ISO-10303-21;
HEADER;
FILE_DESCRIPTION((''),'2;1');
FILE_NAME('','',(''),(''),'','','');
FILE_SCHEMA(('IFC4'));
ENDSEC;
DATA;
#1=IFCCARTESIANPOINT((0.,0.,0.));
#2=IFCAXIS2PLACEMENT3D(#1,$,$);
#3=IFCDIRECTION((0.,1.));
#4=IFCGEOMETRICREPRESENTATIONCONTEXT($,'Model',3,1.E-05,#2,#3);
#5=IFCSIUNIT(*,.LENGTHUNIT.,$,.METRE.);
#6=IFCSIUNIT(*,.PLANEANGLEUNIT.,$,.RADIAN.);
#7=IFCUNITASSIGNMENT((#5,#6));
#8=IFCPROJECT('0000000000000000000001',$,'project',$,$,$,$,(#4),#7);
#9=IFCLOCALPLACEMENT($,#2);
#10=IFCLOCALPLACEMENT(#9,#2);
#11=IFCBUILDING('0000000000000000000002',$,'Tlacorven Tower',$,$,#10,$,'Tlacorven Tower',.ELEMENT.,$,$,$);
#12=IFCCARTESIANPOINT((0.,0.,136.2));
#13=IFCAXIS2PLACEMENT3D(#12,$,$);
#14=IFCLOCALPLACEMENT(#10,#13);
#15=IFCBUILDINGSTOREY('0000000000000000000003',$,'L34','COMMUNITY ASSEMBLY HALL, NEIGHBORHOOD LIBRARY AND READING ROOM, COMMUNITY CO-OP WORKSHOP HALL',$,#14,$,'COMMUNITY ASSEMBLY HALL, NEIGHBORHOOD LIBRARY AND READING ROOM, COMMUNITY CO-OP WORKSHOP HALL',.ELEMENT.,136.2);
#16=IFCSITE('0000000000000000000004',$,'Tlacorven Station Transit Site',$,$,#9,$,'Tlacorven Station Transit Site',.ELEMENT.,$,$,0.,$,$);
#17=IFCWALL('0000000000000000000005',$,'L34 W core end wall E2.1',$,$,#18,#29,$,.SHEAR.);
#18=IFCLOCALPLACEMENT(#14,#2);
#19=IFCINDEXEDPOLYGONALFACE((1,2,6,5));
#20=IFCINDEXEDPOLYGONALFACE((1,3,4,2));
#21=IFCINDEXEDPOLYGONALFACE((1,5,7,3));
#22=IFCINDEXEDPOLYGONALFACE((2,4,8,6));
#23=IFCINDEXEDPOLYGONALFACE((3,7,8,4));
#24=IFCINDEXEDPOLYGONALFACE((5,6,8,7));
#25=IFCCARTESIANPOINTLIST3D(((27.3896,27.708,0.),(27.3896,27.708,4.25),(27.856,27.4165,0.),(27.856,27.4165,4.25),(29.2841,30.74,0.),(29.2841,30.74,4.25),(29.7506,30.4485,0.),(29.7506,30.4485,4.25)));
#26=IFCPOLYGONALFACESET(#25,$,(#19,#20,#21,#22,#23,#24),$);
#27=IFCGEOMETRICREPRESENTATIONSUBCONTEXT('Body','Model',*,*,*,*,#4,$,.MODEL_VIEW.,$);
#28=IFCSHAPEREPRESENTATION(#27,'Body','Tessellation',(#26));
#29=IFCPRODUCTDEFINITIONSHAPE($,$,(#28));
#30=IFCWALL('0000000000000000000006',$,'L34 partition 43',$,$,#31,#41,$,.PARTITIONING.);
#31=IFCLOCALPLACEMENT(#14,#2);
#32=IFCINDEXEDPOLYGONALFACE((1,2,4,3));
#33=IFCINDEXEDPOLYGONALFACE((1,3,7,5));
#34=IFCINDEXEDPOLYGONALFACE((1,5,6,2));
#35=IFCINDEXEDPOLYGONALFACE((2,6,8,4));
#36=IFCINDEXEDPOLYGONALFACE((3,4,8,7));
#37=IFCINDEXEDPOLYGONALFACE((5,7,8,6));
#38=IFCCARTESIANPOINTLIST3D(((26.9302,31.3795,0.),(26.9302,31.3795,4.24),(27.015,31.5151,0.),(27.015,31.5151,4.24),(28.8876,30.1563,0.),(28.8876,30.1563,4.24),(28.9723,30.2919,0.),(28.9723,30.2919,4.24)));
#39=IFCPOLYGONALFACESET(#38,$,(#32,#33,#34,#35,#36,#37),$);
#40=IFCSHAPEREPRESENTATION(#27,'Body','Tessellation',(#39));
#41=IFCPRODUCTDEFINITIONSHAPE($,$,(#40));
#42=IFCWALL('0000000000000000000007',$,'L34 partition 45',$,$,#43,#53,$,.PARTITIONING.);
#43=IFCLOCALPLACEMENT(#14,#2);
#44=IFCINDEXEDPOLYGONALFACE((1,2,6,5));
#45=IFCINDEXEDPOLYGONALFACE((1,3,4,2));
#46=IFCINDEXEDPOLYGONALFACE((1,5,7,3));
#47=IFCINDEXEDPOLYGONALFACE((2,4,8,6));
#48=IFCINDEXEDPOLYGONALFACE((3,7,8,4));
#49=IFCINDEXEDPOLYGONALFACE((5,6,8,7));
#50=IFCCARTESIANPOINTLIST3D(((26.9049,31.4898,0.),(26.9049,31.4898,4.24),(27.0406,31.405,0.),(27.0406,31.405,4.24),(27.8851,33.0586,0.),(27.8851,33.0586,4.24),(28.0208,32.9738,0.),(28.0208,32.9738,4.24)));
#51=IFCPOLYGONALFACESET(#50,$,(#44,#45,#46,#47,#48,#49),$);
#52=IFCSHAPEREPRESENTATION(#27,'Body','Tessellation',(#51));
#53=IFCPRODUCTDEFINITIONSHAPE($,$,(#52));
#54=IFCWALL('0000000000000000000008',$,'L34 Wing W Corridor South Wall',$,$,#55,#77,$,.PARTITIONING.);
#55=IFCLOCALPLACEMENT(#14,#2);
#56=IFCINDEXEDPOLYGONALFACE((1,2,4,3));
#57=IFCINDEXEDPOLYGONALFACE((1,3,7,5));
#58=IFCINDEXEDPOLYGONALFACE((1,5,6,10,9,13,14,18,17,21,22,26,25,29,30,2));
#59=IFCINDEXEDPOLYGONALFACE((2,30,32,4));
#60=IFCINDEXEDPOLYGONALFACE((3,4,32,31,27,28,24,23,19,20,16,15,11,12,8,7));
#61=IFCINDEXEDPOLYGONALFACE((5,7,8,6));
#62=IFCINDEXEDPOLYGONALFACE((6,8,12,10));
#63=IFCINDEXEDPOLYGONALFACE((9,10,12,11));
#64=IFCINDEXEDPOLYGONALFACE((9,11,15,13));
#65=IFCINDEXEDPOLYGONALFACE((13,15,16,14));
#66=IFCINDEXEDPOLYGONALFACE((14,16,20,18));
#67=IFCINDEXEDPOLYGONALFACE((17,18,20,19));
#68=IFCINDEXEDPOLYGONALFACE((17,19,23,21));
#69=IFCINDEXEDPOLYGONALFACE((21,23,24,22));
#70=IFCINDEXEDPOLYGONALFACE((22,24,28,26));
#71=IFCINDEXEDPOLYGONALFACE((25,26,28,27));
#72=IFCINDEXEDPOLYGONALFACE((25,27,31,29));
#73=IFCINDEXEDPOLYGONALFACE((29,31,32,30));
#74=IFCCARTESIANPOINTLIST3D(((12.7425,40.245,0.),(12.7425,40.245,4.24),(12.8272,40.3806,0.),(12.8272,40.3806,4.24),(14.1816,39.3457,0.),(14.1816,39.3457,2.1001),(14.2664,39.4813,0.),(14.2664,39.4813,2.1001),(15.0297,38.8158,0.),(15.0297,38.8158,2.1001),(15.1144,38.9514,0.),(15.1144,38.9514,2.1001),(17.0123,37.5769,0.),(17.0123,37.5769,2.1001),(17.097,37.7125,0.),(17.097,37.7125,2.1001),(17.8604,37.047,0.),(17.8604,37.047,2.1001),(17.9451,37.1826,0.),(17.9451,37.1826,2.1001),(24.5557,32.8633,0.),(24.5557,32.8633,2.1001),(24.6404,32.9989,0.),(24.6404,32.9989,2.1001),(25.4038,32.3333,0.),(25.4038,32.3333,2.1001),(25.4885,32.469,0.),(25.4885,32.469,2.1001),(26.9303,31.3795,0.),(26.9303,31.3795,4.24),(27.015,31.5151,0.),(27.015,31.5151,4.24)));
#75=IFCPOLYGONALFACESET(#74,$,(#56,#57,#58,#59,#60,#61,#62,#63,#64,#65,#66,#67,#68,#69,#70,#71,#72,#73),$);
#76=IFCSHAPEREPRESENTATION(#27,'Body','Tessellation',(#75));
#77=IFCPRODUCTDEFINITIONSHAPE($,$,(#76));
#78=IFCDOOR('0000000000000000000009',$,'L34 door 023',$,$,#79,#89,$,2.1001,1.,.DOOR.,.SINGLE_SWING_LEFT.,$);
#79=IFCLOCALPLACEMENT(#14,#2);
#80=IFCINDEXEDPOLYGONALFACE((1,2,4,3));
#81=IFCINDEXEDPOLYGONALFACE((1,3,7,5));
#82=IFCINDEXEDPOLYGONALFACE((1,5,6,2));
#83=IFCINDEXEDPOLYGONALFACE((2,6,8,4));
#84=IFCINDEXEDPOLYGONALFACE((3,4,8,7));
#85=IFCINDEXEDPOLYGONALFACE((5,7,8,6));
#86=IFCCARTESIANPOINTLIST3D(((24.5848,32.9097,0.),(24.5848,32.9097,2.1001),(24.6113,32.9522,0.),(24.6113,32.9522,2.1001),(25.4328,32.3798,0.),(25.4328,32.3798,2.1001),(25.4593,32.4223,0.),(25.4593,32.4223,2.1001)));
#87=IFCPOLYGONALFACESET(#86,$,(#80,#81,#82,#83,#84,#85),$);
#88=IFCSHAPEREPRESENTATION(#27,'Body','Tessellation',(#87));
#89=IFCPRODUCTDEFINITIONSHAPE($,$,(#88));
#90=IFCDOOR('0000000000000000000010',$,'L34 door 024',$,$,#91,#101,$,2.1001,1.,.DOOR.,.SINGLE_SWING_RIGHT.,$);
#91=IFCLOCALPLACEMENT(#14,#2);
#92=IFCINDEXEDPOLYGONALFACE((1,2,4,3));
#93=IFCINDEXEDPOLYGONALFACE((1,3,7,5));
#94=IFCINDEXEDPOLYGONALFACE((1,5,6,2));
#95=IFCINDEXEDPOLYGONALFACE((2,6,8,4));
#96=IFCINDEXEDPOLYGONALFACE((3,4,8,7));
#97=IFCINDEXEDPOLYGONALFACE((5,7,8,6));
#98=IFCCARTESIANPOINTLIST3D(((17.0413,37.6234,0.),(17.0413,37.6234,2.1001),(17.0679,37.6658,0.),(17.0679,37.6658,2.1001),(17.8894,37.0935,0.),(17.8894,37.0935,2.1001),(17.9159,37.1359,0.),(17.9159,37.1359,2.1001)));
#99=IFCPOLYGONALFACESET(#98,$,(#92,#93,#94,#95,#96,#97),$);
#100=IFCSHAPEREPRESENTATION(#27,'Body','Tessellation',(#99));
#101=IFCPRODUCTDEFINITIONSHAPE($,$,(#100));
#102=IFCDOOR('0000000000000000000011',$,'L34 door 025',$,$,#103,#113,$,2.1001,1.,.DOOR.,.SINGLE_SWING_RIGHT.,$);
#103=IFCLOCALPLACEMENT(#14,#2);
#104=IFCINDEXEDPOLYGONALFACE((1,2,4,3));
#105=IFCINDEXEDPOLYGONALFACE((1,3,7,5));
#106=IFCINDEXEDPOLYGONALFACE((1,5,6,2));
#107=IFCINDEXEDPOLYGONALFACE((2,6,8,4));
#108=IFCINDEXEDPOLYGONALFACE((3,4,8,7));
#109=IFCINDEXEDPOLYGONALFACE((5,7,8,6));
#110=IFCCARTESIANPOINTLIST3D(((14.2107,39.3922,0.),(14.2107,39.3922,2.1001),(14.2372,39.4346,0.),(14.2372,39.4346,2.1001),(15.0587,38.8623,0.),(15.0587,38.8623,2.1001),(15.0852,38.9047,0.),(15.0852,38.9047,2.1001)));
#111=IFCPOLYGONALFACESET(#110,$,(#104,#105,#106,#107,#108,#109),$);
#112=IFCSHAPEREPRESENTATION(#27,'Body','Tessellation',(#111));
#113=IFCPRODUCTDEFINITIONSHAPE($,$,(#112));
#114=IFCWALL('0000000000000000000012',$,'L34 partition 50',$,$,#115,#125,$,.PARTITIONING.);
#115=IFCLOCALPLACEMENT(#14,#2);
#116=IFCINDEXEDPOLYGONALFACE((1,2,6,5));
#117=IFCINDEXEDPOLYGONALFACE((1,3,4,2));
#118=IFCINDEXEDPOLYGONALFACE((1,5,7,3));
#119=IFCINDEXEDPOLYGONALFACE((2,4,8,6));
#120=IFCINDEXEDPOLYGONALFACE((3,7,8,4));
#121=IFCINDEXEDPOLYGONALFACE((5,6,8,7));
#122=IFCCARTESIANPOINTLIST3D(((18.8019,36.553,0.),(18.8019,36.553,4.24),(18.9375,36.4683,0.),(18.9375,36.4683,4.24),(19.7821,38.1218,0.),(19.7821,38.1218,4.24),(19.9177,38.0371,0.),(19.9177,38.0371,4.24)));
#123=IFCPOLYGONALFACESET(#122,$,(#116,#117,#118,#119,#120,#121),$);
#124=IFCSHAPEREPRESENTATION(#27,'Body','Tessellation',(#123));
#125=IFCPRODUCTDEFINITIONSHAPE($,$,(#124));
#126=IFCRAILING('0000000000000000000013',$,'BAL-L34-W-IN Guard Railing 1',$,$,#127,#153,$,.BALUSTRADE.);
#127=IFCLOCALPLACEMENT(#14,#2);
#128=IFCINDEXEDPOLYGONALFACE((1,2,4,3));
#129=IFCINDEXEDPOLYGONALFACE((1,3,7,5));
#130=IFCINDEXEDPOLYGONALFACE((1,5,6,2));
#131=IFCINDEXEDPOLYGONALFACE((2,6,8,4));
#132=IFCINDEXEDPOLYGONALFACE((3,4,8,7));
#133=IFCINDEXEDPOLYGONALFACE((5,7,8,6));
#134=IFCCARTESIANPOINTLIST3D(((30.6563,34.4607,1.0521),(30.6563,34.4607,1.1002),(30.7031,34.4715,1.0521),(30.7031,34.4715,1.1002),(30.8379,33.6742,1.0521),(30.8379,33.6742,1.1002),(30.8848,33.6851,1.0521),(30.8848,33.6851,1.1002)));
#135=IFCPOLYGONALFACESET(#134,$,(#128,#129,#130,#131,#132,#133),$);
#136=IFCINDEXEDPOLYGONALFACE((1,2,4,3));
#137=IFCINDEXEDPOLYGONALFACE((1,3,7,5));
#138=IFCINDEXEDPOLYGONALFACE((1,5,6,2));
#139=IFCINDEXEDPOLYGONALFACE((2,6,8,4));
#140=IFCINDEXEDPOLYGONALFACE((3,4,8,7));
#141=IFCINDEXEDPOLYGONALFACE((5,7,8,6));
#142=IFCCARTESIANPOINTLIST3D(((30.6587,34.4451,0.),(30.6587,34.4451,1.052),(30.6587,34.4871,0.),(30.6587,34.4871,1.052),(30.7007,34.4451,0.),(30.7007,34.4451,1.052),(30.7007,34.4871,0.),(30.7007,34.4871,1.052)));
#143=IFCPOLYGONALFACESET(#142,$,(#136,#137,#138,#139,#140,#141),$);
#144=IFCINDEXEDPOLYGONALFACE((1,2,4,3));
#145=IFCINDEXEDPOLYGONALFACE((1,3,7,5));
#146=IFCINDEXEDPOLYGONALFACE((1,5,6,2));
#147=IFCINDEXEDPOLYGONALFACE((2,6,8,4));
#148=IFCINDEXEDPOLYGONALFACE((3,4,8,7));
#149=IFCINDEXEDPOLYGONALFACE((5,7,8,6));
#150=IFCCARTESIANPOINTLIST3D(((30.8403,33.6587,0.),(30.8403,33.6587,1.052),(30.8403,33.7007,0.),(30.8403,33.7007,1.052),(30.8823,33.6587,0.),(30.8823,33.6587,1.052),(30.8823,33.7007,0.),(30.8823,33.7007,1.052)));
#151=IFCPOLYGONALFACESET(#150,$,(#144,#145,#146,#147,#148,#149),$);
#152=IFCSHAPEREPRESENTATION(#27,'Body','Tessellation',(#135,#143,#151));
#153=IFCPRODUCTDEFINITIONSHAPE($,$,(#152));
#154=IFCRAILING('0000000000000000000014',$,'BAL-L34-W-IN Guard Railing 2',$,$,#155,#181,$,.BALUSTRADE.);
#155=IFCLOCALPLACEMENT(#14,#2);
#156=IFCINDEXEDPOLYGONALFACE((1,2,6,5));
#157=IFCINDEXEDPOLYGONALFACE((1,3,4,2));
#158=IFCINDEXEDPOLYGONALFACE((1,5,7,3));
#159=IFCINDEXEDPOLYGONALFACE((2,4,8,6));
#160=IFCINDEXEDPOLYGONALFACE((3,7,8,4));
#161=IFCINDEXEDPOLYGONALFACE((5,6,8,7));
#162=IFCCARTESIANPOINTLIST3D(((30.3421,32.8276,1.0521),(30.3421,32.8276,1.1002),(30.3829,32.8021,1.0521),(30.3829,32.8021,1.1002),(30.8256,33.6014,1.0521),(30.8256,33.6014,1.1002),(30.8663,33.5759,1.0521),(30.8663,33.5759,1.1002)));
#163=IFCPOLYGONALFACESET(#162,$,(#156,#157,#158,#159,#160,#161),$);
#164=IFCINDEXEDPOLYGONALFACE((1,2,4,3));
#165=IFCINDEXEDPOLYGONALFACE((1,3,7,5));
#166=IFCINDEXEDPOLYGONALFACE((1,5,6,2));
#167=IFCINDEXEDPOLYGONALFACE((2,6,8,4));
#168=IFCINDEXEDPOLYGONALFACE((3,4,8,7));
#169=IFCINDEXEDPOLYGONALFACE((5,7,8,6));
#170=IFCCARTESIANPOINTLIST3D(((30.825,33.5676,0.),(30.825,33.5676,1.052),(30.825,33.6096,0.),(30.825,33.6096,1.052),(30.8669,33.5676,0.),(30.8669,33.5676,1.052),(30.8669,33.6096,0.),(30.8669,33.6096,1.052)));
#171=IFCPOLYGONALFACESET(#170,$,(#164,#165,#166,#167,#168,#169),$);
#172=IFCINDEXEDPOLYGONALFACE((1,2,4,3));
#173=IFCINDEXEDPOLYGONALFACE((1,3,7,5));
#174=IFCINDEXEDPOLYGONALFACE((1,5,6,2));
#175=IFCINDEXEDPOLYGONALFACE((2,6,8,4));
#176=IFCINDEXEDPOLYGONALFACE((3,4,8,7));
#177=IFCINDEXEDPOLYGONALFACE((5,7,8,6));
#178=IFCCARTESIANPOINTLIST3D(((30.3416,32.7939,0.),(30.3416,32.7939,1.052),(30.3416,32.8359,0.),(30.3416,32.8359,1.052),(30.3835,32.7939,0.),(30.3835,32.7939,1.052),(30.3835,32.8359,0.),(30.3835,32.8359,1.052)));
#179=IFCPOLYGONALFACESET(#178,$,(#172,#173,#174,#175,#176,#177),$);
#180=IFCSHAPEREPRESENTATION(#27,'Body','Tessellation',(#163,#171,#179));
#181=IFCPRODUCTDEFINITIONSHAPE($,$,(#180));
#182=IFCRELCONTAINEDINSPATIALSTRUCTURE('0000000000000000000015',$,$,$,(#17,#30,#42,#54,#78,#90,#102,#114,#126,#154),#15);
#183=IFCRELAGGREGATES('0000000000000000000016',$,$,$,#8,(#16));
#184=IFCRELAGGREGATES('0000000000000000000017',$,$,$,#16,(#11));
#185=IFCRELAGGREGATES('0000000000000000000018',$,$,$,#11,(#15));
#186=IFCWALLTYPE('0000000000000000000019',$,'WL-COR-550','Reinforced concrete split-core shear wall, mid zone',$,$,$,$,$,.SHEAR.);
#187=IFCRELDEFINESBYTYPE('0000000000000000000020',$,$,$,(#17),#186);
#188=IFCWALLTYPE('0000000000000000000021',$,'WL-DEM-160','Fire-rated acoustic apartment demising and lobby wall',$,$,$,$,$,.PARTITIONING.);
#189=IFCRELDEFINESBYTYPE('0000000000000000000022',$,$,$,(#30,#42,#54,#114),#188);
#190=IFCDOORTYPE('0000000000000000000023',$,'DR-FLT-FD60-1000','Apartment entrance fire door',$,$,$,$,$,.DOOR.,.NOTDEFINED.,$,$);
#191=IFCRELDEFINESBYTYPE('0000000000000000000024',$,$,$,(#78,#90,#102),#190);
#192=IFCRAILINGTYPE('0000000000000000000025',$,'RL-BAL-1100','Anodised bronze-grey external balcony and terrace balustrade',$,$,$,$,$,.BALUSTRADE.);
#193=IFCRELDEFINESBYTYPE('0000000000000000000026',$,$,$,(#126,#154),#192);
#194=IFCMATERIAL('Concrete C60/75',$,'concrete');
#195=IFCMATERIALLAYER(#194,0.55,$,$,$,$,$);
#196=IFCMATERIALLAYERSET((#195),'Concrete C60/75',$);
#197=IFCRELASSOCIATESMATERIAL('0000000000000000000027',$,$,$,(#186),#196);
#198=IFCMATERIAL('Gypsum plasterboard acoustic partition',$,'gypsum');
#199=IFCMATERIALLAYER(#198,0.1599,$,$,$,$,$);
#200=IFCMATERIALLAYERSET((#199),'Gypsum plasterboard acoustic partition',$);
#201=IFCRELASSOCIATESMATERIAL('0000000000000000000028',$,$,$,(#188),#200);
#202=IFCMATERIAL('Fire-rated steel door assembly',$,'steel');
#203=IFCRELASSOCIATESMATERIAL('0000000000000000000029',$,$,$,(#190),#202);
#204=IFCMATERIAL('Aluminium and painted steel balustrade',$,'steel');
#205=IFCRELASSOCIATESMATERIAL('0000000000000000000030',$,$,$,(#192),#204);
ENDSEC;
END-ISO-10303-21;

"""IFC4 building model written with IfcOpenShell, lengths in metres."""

from ifc_helpers import new_model, si_unit, direction, frame, frame_2d, origin, origin_2d, place, context, subcontext, project, spatial, rectangle, extrude, source, transform, mapped, material, layer, layer_set, type_object, element, fill, save


model = new_model("IFC4")

# Units and contexts
model_context = context("Model", 3, precision=1e-05, world=origin(), true_north=direction((0.0, 1.0)))
body_context = subcontext(model_context, "Body", "Model", "MODEL_VIEW")
ifc_project = project(units=[si_unit("LENGTHUNIT", "METRE"), si_unit("PLANEANGLEUNIT", "RADIAN")], contexts=[model_context])

# Site, building, storey
site_placement = place(None, origin())
site = spatial("IfcSite", under=ifc_project, at=site_placement, Name="Tlacorven Station Transit Site", LongName="Tlacorven Station Transit Site", CompositionType="ELEMENT", RefElevation=0.0)
building_placement = place(site_placement, origin())
building = spatial("IfcBuilding", under=site, at=building_placement, Name="Tlacorven Tower", LongName="Tlacorven Tower", CompositionType="ELEMENT")
storey_placement = place(building_placement, frame((0.0, 0.0, 136.2)))
storey = spatial("IfcBuildingStorey", under=building, at=storey_placement, Name="L34", Description="COMMUNITY ASSEMBLY HALL, NEIGHBORHOOD LIBRARY AND READING ROOM, COMMUNITY CO-OP WORKSHOP HALL", LongName="COMMUNITY ASSEMBLY HALL, NEIGHBORHOOD LIBRARY AND READING ROOM, COMMUNITY CO-OP WORKSHOP HALL", CompositionType="ELEMENT", Elevation=136.2)

# Walls
ifc_material_1 = material(Name="Concrete C60/75", Category="concrete")
ifc_layer_1 = layer(ifc_material_1, 0.55)
ifc_layer_set_1 = layer_set([ifc_layer_1], Name="Concrete C60/75")
wall_type_1 = type_object("IfcWallType", Name="WL-COR-550", Description="Reinforced concrete split-core shear wall, mid zone", PredefinedType="SHEAR", material=ifc_layer_set_1)
wall_1_placement = place(storey_placement, frame((29.5173, 30.5942, 0.0), z_axis=(0.0, 0.0, 1.0), x_axis=(-0.529907, -0.848056, 0.0)))
element("IfcWall", 1, at=wall_1_placement, inside=storey, type_object=wall_type_1, Name="L34 W core end wall E2.1", PredefinedType="SHEAR", context=body_context, shape_type="SweptSolid", body=[
    extrude(rectangle(XDim=3.5752, YDim=0.55, at=frame_2d((1.7876, 0.0))), origin(), (0.0, 0.0, 1.0), 4.25),
])
ifc_material_2 = material(Name="Gypsum plasterboard acoustic partition", Category="gypsum")
ifc_layer_2 = layer(ifc_material_2, 0.1599)
ifc_layer_set_2 = layer_set([ifc_layer_2], Name="Gypsum plasterboard acoustic partition")
wall_type_2 = type_object("IfcWallType", Name="WL-DEM-160", Description="Fire-rated acoustic apartment demising and lobby wall", PredefinedType="PARTITIONING", material=ifc_layer_set_2)
wall_2_placement = place(storey_placement, frame((28.9299, 30.2241, 0.0), z_axis=(0.0, 0.0, 1.0), x_axis=(-0.848028, 0.529951, 0.0)))
element("IfcWall", 2, at=wall_2_placement, inside=storey, type_object=wall_type_2, Name="L34 partition 43", PredefinedType="PARTITIONING", context=body_context, shape_type="SweptSolid", body=[
    extrude(rectangle(XDim=2.3081, YDim=0.1599, at=frame_2d((1.1541, 0.0))), origin(), (0.0, 0.0, 1.0), 4.24),
])
wall_3_placement = place(storey_placement, frame((27.9529, 33.0161, 0.0), z_axis=(0.0, 0.0, 1.0), x_axis=(-0.52988, -0.848072, 0.0)))
element("IfcWall", 3, at=wall_3_placement, inside=storey, type_object=wall_type_2, Name="L34 partition 45", PredefinedType="PARTITIONING", context=body_context, shape_type="SweptSolid", body=[
    extrude(rectangle(XDim=1.8499, YDim=0.1599, at=frame_2d((0.9248, 0.0))), origin(), (0.0, 0.0, 1.0), 4.24),
])

# Wall, openings, doors
wall_4_placement = place(storey_placement, frame((26.9727, 31.4473, 0.0), z_axis=(0.0, 0.0, 1.0), x_axis=(-0.848048, 0.529919, 0.0)))
wall_4 = element("IfcWall", 4, at=wall_4_placement, inside=storey, type_object=wall_type_2, Name="L34 Wing W Corridor South Wall", PredefinedType="PARTITIONING", context=body_context, shape_type="SweptSolid", body=[
    extrude(rectangle(XDim=16.73, YDim=0.1599, at=frame_2d((8.365, 0.0))), origin(), (0.0, 0.0, 1.0), 4.24),
])
opening_1_placement = place(wall_4_placement, frame((1.8, 0.0, 0.0)))
opening_1 = element("IfcOpeningElement", 5, at=opening_1_placement, cuts=wall_4, PredefinedType="OPENING", context=body_context, shape_type="SweptSolid", body=[
    extrude(rectangle(XDim=1.0, YDim=2.1001, at=frame_2d((0.5, 1.05))), frame((0.0, 0.0898, 0.0), z_axis=(0.0, -1.0, 0.0), x_axis=(1.0, 0.0, 0.0)), (0.0, 0.0, 1.0), 0.1799),
])
opening_2_placement = place(wall_4_placement, frame((10.6951, 0.0, 0.0)))
opening_2 = element("IfcOpeningElement", 6, at=opening_2_placement, cuts=wall_4, PredefinedType="OPENING", context=body_context, shape_type="SweptSolid", body=[
    extrude(rectangle(XDim=1.0, YDim=2.1001, at=frame_2d((0.5, 1.05))), frame((0.0, 0.0898, 0.0), z_axis=(0.0, -1.0, 0.0), x_axis=(1.0, 0.0, 0.0)), (0.0, 0.0, 1.0), 0.1799),
])
opening_3_placement = place(wall_4_placement, frame((14.033, 0.0, 0.0)))
opening_3 = element("IfcOpeningElement", 7, at=opening_3_placement, cuts=wall_4, PredefinedType="OPENING", context=body_context, shape_type="SweptSolid", body=[
    extrude(rectangle(XDim=1.0, YDim=2.1001, at=frame_2d((0.5, 1.05))), frame((0.0, 0.0898, 0.0), z_axis=(0.0, -1.0, 0.0), x_axis=(1.0, 0.0, 0.0)), (0.0, 0.0, 1.0), 0.1799),
])
ifc_material_3 = material(Name="Fire-rated steel door assembly", Category="steel")
door_type = type_object("IfcDoorType", Name="DR-FLT-FD60-1000", Description="Apartment entrance fire door", OperationType="NOTDEFINED", PredefinedType="DOOR", material=ifc_material_3)
shared_shape_1 = source(origin(), body_context, "Body", "SweptSolid", [
    extrude(rectangle(XDim=1.0, YDim=2.1001, at=frame_2d((0.5, 1.05))), frame((0.0, 0.0249, 0.0), z_axis=(0.0, -1.0, 0.0), x_axis=(1.0, 0.0, 0.0)), (0.0, 0.0, 1.0), 0.05),
])
door_1_placement = place(opening_1_placement, frame((1.0, 0.0, 0.0), z_axis=(0.0, 0.0, 1.0), x_axis=(-1.0, 0.0, 0.0)))
door_1 = element("IfcDoor", 8, at=door_1_placement, inside=storey, type_object=door_type, Name="L34 door 023", OperationType="SINGLE_SWING_LEFT", OverallHeight=2.1001, OverallWidth=1.0, PredefinedType="DOOR", context=body_context, shape_type="MappedRepresentation", body=[
    mapped(shared_shape_1, transform((0.0, 0.0, 0.0), scale=1.0)),
])
fill(opening_1, door_1)
door_2_placement = place(opening_2_placement, frame((1.0, 0.0, 0.0), z_axis=(0.0, 0.0, 1.0), x_axis=(-1.0, 0.0, 0.0)))
door_2 = element("IfcDoor", 9, at=door_2_placement, inside=storey, type_object=door_type, Name="L34 door 024", OperationType="SINGLE_SWING_RIGHT", OverallHeight=2.1001, OverallWidth=1.0, PredefinedType="DOOR", context=body_context, shape_type="MappedRepresentation", body=[
    mapped(shared_shape_1, transform((0.0, 0.0, 0.0), scale=1.0)),
])
fill(opening_2, door_2)
door_3_placement = place(opening_3_placement, frame((1.0, 0.0, 0.0), z_axis=(0.0, 0.0, 1.0), x_axis=(-1.0, 0.0, 0.0)))
door_3 = element("IfcDoor", 10, at=door_3_placement, inside=storey, type_object=door_type, Name="L34 door 025", OperationType="SINGLE_SWING_RIGHT", OverallHeight=2.1001, OverallWidth=1.0, PredefinedType="DOOR", context=body_context, shape_type="MappedRepresentation", body=[
    mapped(shared_shape_1, transform((0.0, 0.0, 0.0), scale=1.0)),
])
fill(opening_3, door_3)

# Wall
wall_5_placement = place(storey_placement, frame((19.8499, 38.0793, 0.0), z_axis=(0.0, 0.0, 1.0), x_axis=(-0.52988, -0.848072, 0.0)))
element("IfcWall", 11, at=wall_5_placement, inside=storey, type_object=wall_type_2, Name="L34 partition 50", PredefinedType="PARTITIONING", context=body_context, shape_type="SweptSolid", body=[
    extrude(rectangle(XDim=1.8499, YDim=0.1599, at=frame_2d((0.9248, 0.0))), origin(), (0.0, 0.0, 1.0), 4.24),
])

# Railings
ifc_material_4 = material(Name="Aluminium and painted steel balustrade", Category="steel")
railing_type = type_object("IfcRailingType", Name="RL-BAL-1100", Description="Anodised bronze-grey external balcony and terrace balustrade", PredefinedType="BALUSTRADE", material=ifc_material_4)
shared_shape_2 = source(origin(), body_context, "Body", "SweptSolid", [
    extrude(rectangle(XDim=0.0481, YDim=0.0481, at=origin_2d()), frame((0.0, 0.0, 1.0762), z_axis=(0.225058, -0.974345, 0.0), x_axis=(0.974345, 0.225058, 0.0)), (0.0, 0.0, 1.0), 0.8071),
    extrude(rectangle(XDim=0.042, YDim=0.042, at=origin_2d()), origin(), (0.0, 0.0, 1.0), 1.052),
    extrude(rectangle(XDim=0.042, YDim=0.042, at=origin_2d()), frame((0.1816, -0.7864, 0.0)), (0.0, 0.0, 1.0), 1.052),
])
railing_1_placement = place(storey_placement, frame((30.6797, 34.4661, 0.0)))
element("IfcRailing", 12, at=railing_1_placement, inside=storey, type_object=railing_type, Name="BAL-L34-W-IN Guard Railing 1", PredefinedType="BALUSTRADE", context=body_context, shape_type="MappedRepresentation", body=[
    mapped(shared_shape_2, transform((0.0, 0.0, 0.0), scale=1.0)),
])
shared_shape_3 = source(origin(), body_context, "Body", "SweptSolid", [
    extrude(rectangle(XDim=0.0481, YDim=0.0481, at=origin_2d()), frame((0.0, 0.0, 1.0762), z_axis=(-0.529879, -0.848073, 0.0), x_axis=(0.848073, -0.529879, 0.0)), (0.0, 0.0, 1.0), 0.9124),
    extrude(rectangle(XDim=0.042, YDim=0.042, at=origin_2d()), origin(), (0.0, 0.0, 1.0), 1.052),
    extrude(rectangle(XDim=0.042, YDim=0.042, at=origin_2d()), frame((-0.4834, -0.7737, 0.0)), (0.0, 0.0, 1.0), 1.052),
])
railing_2_placement = place(storey_placement, frame((30.8459, 33.5886, 0.0)))
element("IfcRailing", 13, at=railing_2_placement, inside=storey, type_object=railing_type, Name="BAL-L34-W-IN Guard Railing 2", PredefinedType="BALUSTRADE", context=body_context, shape_type="MappedRepresentation", body=[
    mapped(shared_shape_3, transform((0.0, 0.0, 0.0), scale=1.0)),
])

save(model, "model.ifc")
